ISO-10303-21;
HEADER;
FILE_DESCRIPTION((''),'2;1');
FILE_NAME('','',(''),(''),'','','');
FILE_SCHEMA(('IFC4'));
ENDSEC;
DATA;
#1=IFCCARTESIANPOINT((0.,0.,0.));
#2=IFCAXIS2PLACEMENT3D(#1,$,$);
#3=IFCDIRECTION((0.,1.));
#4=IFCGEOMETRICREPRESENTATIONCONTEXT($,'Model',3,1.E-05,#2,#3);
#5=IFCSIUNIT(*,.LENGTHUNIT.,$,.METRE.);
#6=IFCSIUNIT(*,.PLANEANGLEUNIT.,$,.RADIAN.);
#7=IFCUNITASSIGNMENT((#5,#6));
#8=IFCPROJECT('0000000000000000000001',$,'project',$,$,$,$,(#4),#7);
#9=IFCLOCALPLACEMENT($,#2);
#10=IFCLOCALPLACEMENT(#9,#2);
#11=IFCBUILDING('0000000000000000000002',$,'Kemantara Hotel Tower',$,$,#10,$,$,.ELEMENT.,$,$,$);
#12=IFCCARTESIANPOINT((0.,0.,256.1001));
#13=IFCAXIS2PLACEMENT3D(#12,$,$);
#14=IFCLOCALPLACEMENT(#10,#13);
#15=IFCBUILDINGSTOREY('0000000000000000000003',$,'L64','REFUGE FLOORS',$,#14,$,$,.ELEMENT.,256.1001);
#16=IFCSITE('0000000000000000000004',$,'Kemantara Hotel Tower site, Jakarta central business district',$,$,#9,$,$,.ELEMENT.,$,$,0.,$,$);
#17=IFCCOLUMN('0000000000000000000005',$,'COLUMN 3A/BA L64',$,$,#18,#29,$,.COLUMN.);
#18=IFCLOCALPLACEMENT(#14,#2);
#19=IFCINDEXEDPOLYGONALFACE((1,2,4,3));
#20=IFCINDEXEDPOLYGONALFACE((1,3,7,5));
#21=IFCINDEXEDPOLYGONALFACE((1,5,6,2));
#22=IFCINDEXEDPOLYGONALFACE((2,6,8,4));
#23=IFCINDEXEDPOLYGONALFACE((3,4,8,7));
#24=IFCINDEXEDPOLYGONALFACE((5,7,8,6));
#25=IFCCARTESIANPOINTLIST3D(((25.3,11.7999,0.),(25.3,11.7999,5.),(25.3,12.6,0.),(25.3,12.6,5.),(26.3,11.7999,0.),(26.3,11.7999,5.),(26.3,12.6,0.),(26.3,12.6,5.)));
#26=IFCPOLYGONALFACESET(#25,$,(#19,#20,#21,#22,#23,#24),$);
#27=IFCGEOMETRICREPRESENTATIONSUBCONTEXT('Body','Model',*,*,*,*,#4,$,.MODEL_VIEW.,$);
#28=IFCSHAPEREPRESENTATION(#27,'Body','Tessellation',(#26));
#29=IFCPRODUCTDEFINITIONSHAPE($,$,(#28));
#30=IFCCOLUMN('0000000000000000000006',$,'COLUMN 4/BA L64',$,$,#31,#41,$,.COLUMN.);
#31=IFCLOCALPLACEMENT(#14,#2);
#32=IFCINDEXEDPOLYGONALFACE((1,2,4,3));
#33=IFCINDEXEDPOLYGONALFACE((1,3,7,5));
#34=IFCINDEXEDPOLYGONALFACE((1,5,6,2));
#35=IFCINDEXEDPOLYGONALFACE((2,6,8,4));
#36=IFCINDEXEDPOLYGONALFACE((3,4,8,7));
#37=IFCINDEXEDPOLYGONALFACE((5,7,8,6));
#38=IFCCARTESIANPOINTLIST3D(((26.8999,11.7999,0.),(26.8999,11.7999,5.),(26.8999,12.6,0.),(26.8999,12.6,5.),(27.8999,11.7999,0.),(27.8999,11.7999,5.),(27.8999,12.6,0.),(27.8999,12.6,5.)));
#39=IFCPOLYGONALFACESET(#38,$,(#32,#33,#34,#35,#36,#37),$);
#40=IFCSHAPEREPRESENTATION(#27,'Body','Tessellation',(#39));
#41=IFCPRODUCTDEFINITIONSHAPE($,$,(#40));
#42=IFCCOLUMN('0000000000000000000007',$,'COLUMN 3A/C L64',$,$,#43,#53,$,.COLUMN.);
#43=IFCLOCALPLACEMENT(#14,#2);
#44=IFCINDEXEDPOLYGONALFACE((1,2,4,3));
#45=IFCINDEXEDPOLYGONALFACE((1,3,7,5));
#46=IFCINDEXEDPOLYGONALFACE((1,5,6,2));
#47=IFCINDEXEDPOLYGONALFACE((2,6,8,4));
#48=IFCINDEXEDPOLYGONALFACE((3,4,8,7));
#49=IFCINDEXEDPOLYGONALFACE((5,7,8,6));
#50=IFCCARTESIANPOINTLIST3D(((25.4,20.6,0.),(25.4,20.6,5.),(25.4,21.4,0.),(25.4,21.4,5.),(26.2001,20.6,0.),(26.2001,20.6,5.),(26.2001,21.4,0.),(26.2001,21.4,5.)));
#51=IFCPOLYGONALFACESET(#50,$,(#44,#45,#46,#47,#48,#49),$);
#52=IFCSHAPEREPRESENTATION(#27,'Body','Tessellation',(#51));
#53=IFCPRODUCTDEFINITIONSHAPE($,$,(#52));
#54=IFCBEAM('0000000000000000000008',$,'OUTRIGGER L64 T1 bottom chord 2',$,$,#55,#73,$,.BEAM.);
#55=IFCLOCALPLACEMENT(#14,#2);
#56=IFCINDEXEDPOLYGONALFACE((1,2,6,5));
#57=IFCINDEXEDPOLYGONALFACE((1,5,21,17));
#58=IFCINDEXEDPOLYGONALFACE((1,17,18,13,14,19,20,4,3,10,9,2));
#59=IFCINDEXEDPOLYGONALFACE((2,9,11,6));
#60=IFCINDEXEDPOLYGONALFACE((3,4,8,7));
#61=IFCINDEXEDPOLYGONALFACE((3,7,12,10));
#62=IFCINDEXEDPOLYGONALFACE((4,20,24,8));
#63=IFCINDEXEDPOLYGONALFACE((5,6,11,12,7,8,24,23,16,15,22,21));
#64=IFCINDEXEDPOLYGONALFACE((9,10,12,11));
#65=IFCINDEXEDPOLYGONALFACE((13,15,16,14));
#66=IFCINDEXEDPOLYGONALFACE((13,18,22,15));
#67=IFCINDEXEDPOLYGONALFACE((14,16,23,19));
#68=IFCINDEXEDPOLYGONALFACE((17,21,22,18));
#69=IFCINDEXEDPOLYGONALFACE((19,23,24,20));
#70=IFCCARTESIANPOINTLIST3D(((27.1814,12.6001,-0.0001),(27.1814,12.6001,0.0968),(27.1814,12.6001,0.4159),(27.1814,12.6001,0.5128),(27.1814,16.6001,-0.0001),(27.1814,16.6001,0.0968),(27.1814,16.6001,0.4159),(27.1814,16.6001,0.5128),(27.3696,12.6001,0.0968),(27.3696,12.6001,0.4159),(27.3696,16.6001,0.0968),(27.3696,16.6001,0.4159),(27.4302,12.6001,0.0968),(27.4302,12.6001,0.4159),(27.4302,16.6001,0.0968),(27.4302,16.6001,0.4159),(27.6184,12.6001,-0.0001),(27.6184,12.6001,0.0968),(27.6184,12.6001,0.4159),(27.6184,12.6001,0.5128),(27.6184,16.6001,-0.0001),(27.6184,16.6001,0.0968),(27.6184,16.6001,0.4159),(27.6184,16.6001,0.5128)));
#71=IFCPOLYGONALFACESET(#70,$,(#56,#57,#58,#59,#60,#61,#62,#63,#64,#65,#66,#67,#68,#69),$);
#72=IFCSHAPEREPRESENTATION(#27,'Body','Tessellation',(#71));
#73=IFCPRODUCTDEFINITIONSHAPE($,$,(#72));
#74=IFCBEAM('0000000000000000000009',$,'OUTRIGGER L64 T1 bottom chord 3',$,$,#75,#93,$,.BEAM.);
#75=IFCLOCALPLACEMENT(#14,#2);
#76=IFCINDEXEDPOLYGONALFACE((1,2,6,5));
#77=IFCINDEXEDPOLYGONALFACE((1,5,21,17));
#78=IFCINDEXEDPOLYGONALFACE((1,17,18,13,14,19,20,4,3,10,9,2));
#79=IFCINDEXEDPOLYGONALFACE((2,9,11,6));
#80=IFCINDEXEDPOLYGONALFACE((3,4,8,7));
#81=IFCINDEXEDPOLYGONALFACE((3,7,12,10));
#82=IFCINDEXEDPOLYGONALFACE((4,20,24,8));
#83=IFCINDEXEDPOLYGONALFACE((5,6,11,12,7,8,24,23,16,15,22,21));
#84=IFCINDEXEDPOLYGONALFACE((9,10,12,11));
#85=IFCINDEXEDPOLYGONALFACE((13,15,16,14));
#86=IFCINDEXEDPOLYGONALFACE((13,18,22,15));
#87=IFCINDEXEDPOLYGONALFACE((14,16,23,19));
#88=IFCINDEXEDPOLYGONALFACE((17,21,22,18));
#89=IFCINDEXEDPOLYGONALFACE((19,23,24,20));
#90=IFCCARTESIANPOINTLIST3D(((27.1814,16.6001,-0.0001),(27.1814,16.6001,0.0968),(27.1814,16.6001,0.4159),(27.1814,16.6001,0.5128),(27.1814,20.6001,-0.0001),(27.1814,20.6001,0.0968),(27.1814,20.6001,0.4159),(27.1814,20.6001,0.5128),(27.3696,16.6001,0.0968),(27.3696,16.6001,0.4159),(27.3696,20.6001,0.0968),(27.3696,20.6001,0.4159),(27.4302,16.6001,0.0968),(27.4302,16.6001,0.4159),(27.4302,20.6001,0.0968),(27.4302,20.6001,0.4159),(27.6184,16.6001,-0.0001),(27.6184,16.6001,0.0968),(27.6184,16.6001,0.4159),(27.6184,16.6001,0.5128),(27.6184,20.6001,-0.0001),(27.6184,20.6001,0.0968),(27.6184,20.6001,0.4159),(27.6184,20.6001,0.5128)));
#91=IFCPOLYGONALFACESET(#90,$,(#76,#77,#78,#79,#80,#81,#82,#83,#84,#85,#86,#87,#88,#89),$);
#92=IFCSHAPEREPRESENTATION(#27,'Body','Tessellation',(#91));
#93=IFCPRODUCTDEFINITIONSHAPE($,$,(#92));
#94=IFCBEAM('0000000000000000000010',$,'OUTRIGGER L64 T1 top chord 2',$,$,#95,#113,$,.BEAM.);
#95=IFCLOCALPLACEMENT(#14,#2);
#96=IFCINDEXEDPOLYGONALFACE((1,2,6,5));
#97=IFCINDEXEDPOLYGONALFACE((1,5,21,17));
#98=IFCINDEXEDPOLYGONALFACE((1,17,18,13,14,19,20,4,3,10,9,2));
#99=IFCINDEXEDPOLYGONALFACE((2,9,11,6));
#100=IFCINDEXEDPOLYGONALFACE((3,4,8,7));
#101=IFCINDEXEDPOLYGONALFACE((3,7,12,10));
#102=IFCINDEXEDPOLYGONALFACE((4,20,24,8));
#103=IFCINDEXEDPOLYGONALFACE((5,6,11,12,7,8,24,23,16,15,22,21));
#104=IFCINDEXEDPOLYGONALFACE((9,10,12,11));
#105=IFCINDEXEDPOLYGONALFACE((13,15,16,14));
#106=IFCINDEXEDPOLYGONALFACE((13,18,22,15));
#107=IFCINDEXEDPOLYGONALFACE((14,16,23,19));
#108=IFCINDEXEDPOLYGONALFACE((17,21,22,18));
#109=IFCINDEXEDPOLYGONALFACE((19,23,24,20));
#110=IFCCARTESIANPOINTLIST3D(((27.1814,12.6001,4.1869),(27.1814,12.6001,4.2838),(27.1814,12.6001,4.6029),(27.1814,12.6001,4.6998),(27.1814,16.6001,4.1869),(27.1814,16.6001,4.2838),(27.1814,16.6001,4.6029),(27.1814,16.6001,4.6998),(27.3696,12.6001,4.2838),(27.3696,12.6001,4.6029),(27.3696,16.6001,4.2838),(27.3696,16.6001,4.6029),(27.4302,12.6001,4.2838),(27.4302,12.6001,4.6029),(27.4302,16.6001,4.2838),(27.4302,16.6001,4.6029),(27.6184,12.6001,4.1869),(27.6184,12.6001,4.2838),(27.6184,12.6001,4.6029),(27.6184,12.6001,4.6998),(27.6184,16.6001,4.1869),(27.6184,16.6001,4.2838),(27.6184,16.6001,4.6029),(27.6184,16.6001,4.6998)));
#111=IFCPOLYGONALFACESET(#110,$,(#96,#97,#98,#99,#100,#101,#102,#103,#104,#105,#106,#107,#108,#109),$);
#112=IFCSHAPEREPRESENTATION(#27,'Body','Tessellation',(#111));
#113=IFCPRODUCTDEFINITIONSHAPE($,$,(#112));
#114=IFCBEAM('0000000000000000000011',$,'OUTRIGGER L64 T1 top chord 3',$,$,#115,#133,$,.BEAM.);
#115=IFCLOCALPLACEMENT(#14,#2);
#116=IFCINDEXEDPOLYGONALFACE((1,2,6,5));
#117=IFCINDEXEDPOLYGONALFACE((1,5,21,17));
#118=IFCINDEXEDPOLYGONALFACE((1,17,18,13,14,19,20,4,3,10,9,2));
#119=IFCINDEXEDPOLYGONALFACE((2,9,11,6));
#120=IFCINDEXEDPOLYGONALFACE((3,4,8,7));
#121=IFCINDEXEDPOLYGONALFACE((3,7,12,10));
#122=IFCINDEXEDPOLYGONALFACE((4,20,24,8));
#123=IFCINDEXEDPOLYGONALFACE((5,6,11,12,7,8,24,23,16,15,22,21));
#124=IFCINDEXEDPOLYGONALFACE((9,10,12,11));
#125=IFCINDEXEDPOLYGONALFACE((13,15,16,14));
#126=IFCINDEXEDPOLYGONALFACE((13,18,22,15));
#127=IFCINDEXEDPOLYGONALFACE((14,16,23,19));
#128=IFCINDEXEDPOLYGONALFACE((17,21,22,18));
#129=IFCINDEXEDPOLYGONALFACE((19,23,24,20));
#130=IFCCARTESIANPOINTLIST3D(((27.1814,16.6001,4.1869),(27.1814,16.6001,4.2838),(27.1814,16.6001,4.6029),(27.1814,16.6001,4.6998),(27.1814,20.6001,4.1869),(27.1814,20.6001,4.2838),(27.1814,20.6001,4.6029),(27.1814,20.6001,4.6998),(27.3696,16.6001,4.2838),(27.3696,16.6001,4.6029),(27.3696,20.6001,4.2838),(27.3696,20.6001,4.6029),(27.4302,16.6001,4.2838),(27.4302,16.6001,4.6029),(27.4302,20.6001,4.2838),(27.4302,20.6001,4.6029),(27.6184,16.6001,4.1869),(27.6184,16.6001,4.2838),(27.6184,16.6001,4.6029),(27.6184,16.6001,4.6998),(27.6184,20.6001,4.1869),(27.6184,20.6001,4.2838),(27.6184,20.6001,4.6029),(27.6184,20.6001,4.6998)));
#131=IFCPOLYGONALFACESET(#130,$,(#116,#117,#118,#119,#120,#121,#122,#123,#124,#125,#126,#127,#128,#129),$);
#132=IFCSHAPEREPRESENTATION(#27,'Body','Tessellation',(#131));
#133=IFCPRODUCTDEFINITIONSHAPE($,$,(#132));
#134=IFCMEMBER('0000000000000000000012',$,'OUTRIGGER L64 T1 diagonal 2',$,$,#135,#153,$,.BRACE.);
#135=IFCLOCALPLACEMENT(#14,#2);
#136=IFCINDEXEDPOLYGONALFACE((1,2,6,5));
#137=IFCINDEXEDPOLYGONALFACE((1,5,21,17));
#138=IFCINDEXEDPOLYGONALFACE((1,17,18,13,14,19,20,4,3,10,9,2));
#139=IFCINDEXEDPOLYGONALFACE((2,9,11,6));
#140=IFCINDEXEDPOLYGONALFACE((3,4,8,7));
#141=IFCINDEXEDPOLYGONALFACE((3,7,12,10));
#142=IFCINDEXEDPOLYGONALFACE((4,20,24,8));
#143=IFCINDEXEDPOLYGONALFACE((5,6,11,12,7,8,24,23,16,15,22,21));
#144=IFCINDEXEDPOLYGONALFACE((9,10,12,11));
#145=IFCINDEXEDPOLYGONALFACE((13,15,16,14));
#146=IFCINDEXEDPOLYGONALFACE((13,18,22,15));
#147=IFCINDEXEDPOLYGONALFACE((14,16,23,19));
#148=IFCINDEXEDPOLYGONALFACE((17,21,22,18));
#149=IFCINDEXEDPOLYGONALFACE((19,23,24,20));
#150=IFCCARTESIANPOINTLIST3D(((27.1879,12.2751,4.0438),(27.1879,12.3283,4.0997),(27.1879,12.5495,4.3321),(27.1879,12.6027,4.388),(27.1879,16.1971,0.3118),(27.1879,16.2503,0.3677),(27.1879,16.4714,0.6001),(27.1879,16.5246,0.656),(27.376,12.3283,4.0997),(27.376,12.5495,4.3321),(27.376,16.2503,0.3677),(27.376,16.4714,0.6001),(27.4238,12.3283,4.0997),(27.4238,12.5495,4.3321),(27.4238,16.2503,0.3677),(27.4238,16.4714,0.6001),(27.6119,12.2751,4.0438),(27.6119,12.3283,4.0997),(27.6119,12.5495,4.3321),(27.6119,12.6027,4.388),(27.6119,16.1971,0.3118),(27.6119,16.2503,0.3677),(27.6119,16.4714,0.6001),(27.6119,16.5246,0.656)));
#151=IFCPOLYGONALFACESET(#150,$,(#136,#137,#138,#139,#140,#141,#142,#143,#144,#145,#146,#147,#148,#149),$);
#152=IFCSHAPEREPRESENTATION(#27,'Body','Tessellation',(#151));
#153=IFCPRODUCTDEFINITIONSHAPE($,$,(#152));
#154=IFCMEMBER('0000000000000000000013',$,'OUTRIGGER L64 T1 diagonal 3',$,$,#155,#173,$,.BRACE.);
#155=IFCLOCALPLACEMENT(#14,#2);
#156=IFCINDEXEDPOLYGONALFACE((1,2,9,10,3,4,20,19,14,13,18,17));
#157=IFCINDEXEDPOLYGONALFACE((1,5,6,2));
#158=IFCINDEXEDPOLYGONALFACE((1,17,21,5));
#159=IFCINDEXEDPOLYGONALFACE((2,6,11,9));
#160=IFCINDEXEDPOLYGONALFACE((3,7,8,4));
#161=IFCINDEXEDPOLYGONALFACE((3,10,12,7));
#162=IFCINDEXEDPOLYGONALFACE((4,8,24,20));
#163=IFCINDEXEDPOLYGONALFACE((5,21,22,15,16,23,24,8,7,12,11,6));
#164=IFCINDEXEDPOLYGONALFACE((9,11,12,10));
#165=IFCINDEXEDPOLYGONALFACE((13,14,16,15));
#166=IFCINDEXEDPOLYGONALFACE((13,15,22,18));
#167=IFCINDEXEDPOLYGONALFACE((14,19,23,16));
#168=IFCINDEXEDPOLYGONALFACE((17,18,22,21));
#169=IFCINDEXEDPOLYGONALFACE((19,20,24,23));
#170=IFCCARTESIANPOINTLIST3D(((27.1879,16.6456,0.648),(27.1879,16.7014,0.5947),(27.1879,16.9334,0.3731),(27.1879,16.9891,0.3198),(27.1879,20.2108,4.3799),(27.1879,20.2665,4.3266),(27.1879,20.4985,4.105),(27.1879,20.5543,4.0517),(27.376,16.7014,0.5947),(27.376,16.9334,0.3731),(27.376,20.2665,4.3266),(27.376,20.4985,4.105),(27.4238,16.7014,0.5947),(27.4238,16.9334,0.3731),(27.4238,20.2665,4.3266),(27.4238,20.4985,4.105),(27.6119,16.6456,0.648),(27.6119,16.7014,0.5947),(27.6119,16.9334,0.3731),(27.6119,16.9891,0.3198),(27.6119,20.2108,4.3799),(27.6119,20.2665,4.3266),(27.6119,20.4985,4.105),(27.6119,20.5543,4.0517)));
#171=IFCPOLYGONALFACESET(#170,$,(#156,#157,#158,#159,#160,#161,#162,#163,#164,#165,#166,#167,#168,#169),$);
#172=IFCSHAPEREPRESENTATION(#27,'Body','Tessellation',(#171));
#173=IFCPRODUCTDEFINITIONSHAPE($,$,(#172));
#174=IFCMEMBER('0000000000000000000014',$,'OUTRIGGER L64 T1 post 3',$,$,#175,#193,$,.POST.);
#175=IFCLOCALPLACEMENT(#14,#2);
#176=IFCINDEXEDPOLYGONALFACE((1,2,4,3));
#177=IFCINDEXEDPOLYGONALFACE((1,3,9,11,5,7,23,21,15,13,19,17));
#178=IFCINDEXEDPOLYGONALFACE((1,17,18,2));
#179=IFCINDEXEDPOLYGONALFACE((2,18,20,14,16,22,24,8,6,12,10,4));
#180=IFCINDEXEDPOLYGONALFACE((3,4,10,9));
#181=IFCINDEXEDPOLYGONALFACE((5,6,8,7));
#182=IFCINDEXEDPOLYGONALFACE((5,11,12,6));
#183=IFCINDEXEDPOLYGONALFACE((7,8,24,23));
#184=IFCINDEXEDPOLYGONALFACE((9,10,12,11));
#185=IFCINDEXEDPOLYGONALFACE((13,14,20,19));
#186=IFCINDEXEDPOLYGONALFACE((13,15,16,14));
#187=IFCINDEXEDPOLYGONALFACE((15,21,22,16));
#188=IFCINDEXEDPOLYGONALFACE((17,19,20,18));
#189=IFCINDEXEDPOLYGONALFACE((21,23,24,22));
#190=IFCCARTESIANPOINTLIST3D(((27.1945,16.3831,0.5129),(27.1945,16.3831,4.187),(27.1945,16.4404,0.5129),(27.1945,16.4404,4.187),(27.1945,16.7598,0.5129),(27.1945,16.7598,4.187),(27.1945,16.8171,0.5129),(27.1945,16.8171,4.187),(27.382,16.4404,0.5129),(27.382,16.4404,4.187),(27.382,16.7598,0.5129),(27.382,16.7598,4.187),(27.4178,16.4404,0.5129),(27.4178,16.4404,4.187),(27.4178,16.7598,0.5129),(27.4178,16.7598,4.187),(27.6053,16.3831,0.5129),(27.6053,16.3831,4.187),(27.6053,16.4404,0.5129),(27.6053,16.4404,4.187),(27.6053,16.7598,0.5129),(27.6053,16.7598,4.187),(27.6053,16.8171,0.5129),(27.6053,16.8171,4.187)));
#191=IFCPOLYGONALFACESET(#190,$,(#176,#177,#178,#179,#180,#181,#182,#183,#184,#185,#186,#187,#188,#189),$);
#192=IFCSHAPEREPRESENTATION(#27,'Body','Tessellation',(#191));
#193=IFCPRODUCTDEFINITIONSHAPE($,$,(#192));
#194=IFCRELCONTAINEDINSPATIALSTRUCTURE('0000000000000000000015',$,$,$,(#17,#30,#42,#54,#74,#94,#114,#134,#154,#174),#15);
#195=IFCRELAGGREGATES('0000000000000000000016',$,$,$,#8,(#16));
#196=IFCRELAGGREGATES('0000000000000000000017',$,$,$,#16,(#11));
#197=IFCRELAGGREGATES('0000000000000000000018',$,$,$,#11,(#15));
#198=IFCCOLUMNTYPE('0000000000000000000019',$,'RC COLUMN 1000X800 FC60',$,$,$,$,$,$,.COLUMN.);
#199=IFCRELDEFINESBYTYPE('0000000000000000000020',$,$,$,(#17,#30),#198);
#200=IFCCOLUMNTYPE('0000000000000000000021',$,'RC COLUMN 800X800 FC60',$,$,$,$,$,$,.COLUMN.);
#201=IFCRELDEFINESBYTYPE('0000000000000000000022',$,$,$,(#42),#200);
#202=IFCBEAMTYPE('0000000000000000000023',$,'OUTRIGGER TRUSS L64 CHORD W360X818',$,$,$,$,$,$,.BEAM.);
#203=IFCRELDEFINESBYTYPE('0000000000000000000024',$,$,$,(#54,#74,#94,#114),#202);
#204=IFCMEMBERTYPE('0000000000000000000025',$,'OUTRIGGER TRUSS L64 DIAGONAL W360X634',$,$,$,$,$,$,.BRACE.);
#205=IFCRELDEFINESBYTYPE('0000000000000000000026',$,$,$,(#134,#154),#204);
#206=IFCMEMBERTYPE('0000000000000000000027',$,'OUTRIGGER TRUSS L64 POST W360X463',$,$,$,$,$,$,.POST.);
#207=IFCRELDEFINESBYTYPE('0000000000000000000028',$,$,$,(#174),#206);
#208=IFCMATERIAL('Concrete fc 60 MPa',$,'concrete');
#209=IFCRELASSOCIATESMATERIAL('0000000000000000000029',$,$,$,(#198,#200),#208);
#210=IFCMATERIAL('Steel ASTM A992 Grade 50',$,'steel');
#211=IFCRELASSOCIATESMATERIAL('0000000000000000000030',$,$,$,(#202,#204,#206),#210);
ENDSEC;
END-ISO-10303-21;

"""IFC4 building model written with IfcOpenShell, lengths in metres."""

from ifc_helpers import new_model, si_unit, direction, frame, origin, origin_2d, place, context, subcontext, project, spatial, rectangle, i_section, extrude, material, material_profile, profile_set, type_object, element, save


model = new_model("IFC4")

# Units and contexts
model_context = context("Model", 3, precision=1e-05, world=origin(), true_north=direction((0.0, 1.0)))
body_context = subcontext(model_context, "Body", "Model", "MODEL_VIEW")
ifc_project = project(units=[si_unit("LENGTHUNIT", "METRE"), si_unit("PLANEANGLEUNIT", "RADIAN")], contexts=[model_context])

# Site, building, storey
site_placement = place(None, origin())
site = spatial("IfcSite", under=ifc_project, at=site_placement, Name="Kemantara Hotel Tower site, Jakarta central business district", CompositionType="ELEMENT", RefElevation=0.0)
building_placement = place(site_placement, origin())
building = spatial("IfcBuilding", under=site, at=building_placement, Name="Kemantara Hotel Tower", CompositionType="ELEMENT")
storey_placement = place(building_placement, frame((0.0, 0.0, 256.1001)))
storey = spatial("IfcBuildingStorey", under=building, at=storey_placement, Name="L64", Description="REFUGE FLOORS", CompositionType="ELEMENT", Elevation=256.1001)

# Columns
ifc_material_1 = material(Name="Concrete fc 60 MPa", Category="concrete")
ifc_material_profile_1 = material_profile(ifc_material_1, rectangle(XDim=1.0, YDim=0.8, at=origin_2d()), Name="RC 1000X800")
ifc_profile_set_1 = profile_set([ifc_material_profile_1], Name="Concrete fc 60 MPa")
column_type_1 = type_object("IfcColumnType", Name="RC COLUMN 1000X800 FC60", PredefinedType="COLUMN", material=ifc_profile_set_1)
for number, where, z_axis, x_axis, name in (
    (1, (25.8, 12.2, 0.0), (0.0, 0.0, 1.0), (1.0, 0.0, 0.0), "COLUMN 3A/BA L64"),
    (2, (27.3999, 12.2, 0.0), (0.0, 0.0, 1.0), (1.0, 0.0, 0.0), "COLUMN 4/BA L64"),
):
    element("IfcColumn", number, at=place(storey_placement, frame(where, z_axis=z_axis, x_axis=x_axis)), inside=storey, type_object=column_type_1, Name=name, PredefinedType="COLUMN", context=body_context, shape_type="SweptSolid", body=[
        extrude(rectangle(XDim=1.0, YDim=0.8, at=origin_2d()), origin(), (0.0, 0.0, 1.0), 5.0),
    ])
ifc_material_profile_2 = material_profile(ifc_material_1, rectangle(XDim=0.8, YDim=0.8, at=origin_2d()), Name="RC 800X800")
ifc_profile_set_2 = profile_set([ifc_material_profile_2], Name="Concrete fc 60 MPa")
column_type_2 = type_object("IfcColumnType", Name="RC COLUMN 800X800 FC60", PredefinedType="COLUMN", material=ifc_profile_set_2)
column_placement = place(storey_placement, frame((25.8, 21.0, 0.0), z_axis=(0.0, 0.0, 1.0), x_axis=(1.0, 0.0, 0.0)))
element("IfcColumn", 3, at=column_placement, inside=storey, type_object=column_type_2, Name="COLUMN 3A/C L64", PredefinedType="COLUMN", context=body_context, shape_type="SweptSolid", body=[
    extrude(rectangle(XDim=0.8, YDim=0.8, at=origin_2d()), origin(), (0.0, 0.0, 1.0), 5.0),
])

# Beams
ifc_material_2 = material(Name="Steel ASTM A992 Grade 50", Category="steel")
ifc_material_profile_3 = material_profile(ifc_material_2, i_section(OverallWidth=0.437, OverallDepth=0.5129, WebThickness=0.0605, FlangeThickness=0.0969, at=origin_2d()), Name="W360X818")
ifc_profile_set_3 = profile_set([ifc_material_profile_3], Name="Steel ASTM A992 Grade 50")
beam_type = type_object("IfcBeamType", Name="OUTRIGGER TRUSS L64 CHORD W360X818", PredefinedType="BEAM", material=ifc_profile_set_3)
for number, where, z_axis, x_axis, name in (
    (4, (27.3999, 12.6001, 0.2563), (0.0, 1.0, 0.0), (-1.0, 0.0, 0.0), "OUTRIGGER L64 T1 bottom chord 2"),
    (5, (27.3999, 16.6001, 0.2563), (0.0, 1.0, 0.0), (-1.0, 0.0, 0.0), "OUTRIGGER L64 T1 bottom chord 3"),
    (6, (27.3999, 12.6001, 4.4434), (0.0, 1.0, 0.0), (-1.0, 0.0, 0.0), "OUTRIGGER L64 T1 top chord 2"),
    (7, (27.3999, 16.6001, 4.4434), (0.0, 1.0, 0.0), (-1.0, 0.0, 0.0), "OUTRIGGER L64 T1 top chord 3"),
):
    element("IfcBeam", number, at=place(storey_placement, frame(where, z_axis=z_axis, x_axis=x_axis)), inside=storey, type_object=beam_type, Name=name, PredefinedType="BEAM", context=body_context, shape_type="SweptSolid", body=[
        extrude(i_section(OverallWidth=0.437, OverallDepth=0.5129, WebThickness=0.0605, FlangeThickness=0.0969, at=origin_2d()), origin(), (0.0, 0.0, 1.0), 4.0),
    ])

# Members
ifc_material_profile_4 = material_profile(ifc_material_2, i_section(OverallWidth=0.4241, OverallDepth=0.4751, WebThickness=0.0479, FlangeThickness=0.0771, at=origin_2d()), Name="W360X634")
ifc_profile_set_4 = profile_set([ifc_material_profile_4], Name="Steel ASTM A992 Grade 50")
member_type_1 = type_object("IfcMemberType", Name="OUTRIGGER TRUSS L64 DIAGONAL W360X634", PredefinedType="BRACE", material=ifc_profile_set_4)
member_1_placement = place(storey_placement, frame((27.3999, 16.3608, 0.4839), z_axis=(0.0, -0.724432, 0.689347), x_axis=(1.0, 0.0, 0.0)))
element("IfcMember", 8, at=member_1_placement, inside=storey, type_object=member_type_1, Name="OUTRIGGER L64 T1 diagonal 2", PredefinedType="BRACE", context=body_context, shape_type="SweptSolid", body=[
    extrude(i_section(OverallWidth=0.4241, OverallDepth=0.4751, WebThickness=0.0479, FlangeThickness=0.0771, at=origin_2d()), origin(), (0.0, 0.0, 1.0), 5.4138),
])
member_2_placement = place(storey_placement, frame((27.3999, 16.8174, 0.4839), z_axis=(0.0, 0.690768, 0.723076), x_axis=(-1.0, 0.0, 0.0)))
element("IfcMember", 9, at=member_2_placement, inside=storey, type_object=member_type_1, Name="OUTRIGGER L64 T1 diagonal 3", PredefinedType="BRACE", context=body_context, shape_type="SweptSolid", body=[
    extrude(i_section(OverallWidth=0.4241, OverallDepth=0.4751, WebThickness=0.0479, FlangeThickness=0.0771, at=origin_2d()), origin(), (0.0, 0.0, 1.0), 5.1611),
])
ifc_material_profile_5 = material_profile(ifc_material_2, i_section(OverallWidth=0.4109, OverallDepth=0.4341, WebThickness=0.0359, FlangeThickness=0.0574, at=origin_2d()), Name="W360X463")
ifc_profile_set_5 = profile_set([ifc_material_profile_5], Name="Steel ASTM A992 Grade 50")
member_type_2 = type_object("IfcMemberType", Name="OUTRIGGER TRUSS L64 POST W360X463", PredefinedType="POST", material=ifc_profile_set_5)
member_3_placement = place(storey_placement, frame((27.3999, 16.6001, 0.5129), z_axis=(0.0, 0.0, 1.0), x_axis=(1.0, 0.0, 0.0)))
element("IfcMember", 10, at=member_3_placement, inside=storey, type_object=member_type_2, Name="OUTRIGGER L64 T1 post 3", PredefinedType="POST", context=body_context, shape_type="SweptSolid", body=[
    extrude(i_section(OverallWidth=0.4109, OverallDepth=0.4341, WebThickness=0.0359, FlangeThickness=0.0574, at=origin_2d()), origin(), (0.0, 0.0, 1.0), 3.6741),
])

save(model, "model.ifc")
